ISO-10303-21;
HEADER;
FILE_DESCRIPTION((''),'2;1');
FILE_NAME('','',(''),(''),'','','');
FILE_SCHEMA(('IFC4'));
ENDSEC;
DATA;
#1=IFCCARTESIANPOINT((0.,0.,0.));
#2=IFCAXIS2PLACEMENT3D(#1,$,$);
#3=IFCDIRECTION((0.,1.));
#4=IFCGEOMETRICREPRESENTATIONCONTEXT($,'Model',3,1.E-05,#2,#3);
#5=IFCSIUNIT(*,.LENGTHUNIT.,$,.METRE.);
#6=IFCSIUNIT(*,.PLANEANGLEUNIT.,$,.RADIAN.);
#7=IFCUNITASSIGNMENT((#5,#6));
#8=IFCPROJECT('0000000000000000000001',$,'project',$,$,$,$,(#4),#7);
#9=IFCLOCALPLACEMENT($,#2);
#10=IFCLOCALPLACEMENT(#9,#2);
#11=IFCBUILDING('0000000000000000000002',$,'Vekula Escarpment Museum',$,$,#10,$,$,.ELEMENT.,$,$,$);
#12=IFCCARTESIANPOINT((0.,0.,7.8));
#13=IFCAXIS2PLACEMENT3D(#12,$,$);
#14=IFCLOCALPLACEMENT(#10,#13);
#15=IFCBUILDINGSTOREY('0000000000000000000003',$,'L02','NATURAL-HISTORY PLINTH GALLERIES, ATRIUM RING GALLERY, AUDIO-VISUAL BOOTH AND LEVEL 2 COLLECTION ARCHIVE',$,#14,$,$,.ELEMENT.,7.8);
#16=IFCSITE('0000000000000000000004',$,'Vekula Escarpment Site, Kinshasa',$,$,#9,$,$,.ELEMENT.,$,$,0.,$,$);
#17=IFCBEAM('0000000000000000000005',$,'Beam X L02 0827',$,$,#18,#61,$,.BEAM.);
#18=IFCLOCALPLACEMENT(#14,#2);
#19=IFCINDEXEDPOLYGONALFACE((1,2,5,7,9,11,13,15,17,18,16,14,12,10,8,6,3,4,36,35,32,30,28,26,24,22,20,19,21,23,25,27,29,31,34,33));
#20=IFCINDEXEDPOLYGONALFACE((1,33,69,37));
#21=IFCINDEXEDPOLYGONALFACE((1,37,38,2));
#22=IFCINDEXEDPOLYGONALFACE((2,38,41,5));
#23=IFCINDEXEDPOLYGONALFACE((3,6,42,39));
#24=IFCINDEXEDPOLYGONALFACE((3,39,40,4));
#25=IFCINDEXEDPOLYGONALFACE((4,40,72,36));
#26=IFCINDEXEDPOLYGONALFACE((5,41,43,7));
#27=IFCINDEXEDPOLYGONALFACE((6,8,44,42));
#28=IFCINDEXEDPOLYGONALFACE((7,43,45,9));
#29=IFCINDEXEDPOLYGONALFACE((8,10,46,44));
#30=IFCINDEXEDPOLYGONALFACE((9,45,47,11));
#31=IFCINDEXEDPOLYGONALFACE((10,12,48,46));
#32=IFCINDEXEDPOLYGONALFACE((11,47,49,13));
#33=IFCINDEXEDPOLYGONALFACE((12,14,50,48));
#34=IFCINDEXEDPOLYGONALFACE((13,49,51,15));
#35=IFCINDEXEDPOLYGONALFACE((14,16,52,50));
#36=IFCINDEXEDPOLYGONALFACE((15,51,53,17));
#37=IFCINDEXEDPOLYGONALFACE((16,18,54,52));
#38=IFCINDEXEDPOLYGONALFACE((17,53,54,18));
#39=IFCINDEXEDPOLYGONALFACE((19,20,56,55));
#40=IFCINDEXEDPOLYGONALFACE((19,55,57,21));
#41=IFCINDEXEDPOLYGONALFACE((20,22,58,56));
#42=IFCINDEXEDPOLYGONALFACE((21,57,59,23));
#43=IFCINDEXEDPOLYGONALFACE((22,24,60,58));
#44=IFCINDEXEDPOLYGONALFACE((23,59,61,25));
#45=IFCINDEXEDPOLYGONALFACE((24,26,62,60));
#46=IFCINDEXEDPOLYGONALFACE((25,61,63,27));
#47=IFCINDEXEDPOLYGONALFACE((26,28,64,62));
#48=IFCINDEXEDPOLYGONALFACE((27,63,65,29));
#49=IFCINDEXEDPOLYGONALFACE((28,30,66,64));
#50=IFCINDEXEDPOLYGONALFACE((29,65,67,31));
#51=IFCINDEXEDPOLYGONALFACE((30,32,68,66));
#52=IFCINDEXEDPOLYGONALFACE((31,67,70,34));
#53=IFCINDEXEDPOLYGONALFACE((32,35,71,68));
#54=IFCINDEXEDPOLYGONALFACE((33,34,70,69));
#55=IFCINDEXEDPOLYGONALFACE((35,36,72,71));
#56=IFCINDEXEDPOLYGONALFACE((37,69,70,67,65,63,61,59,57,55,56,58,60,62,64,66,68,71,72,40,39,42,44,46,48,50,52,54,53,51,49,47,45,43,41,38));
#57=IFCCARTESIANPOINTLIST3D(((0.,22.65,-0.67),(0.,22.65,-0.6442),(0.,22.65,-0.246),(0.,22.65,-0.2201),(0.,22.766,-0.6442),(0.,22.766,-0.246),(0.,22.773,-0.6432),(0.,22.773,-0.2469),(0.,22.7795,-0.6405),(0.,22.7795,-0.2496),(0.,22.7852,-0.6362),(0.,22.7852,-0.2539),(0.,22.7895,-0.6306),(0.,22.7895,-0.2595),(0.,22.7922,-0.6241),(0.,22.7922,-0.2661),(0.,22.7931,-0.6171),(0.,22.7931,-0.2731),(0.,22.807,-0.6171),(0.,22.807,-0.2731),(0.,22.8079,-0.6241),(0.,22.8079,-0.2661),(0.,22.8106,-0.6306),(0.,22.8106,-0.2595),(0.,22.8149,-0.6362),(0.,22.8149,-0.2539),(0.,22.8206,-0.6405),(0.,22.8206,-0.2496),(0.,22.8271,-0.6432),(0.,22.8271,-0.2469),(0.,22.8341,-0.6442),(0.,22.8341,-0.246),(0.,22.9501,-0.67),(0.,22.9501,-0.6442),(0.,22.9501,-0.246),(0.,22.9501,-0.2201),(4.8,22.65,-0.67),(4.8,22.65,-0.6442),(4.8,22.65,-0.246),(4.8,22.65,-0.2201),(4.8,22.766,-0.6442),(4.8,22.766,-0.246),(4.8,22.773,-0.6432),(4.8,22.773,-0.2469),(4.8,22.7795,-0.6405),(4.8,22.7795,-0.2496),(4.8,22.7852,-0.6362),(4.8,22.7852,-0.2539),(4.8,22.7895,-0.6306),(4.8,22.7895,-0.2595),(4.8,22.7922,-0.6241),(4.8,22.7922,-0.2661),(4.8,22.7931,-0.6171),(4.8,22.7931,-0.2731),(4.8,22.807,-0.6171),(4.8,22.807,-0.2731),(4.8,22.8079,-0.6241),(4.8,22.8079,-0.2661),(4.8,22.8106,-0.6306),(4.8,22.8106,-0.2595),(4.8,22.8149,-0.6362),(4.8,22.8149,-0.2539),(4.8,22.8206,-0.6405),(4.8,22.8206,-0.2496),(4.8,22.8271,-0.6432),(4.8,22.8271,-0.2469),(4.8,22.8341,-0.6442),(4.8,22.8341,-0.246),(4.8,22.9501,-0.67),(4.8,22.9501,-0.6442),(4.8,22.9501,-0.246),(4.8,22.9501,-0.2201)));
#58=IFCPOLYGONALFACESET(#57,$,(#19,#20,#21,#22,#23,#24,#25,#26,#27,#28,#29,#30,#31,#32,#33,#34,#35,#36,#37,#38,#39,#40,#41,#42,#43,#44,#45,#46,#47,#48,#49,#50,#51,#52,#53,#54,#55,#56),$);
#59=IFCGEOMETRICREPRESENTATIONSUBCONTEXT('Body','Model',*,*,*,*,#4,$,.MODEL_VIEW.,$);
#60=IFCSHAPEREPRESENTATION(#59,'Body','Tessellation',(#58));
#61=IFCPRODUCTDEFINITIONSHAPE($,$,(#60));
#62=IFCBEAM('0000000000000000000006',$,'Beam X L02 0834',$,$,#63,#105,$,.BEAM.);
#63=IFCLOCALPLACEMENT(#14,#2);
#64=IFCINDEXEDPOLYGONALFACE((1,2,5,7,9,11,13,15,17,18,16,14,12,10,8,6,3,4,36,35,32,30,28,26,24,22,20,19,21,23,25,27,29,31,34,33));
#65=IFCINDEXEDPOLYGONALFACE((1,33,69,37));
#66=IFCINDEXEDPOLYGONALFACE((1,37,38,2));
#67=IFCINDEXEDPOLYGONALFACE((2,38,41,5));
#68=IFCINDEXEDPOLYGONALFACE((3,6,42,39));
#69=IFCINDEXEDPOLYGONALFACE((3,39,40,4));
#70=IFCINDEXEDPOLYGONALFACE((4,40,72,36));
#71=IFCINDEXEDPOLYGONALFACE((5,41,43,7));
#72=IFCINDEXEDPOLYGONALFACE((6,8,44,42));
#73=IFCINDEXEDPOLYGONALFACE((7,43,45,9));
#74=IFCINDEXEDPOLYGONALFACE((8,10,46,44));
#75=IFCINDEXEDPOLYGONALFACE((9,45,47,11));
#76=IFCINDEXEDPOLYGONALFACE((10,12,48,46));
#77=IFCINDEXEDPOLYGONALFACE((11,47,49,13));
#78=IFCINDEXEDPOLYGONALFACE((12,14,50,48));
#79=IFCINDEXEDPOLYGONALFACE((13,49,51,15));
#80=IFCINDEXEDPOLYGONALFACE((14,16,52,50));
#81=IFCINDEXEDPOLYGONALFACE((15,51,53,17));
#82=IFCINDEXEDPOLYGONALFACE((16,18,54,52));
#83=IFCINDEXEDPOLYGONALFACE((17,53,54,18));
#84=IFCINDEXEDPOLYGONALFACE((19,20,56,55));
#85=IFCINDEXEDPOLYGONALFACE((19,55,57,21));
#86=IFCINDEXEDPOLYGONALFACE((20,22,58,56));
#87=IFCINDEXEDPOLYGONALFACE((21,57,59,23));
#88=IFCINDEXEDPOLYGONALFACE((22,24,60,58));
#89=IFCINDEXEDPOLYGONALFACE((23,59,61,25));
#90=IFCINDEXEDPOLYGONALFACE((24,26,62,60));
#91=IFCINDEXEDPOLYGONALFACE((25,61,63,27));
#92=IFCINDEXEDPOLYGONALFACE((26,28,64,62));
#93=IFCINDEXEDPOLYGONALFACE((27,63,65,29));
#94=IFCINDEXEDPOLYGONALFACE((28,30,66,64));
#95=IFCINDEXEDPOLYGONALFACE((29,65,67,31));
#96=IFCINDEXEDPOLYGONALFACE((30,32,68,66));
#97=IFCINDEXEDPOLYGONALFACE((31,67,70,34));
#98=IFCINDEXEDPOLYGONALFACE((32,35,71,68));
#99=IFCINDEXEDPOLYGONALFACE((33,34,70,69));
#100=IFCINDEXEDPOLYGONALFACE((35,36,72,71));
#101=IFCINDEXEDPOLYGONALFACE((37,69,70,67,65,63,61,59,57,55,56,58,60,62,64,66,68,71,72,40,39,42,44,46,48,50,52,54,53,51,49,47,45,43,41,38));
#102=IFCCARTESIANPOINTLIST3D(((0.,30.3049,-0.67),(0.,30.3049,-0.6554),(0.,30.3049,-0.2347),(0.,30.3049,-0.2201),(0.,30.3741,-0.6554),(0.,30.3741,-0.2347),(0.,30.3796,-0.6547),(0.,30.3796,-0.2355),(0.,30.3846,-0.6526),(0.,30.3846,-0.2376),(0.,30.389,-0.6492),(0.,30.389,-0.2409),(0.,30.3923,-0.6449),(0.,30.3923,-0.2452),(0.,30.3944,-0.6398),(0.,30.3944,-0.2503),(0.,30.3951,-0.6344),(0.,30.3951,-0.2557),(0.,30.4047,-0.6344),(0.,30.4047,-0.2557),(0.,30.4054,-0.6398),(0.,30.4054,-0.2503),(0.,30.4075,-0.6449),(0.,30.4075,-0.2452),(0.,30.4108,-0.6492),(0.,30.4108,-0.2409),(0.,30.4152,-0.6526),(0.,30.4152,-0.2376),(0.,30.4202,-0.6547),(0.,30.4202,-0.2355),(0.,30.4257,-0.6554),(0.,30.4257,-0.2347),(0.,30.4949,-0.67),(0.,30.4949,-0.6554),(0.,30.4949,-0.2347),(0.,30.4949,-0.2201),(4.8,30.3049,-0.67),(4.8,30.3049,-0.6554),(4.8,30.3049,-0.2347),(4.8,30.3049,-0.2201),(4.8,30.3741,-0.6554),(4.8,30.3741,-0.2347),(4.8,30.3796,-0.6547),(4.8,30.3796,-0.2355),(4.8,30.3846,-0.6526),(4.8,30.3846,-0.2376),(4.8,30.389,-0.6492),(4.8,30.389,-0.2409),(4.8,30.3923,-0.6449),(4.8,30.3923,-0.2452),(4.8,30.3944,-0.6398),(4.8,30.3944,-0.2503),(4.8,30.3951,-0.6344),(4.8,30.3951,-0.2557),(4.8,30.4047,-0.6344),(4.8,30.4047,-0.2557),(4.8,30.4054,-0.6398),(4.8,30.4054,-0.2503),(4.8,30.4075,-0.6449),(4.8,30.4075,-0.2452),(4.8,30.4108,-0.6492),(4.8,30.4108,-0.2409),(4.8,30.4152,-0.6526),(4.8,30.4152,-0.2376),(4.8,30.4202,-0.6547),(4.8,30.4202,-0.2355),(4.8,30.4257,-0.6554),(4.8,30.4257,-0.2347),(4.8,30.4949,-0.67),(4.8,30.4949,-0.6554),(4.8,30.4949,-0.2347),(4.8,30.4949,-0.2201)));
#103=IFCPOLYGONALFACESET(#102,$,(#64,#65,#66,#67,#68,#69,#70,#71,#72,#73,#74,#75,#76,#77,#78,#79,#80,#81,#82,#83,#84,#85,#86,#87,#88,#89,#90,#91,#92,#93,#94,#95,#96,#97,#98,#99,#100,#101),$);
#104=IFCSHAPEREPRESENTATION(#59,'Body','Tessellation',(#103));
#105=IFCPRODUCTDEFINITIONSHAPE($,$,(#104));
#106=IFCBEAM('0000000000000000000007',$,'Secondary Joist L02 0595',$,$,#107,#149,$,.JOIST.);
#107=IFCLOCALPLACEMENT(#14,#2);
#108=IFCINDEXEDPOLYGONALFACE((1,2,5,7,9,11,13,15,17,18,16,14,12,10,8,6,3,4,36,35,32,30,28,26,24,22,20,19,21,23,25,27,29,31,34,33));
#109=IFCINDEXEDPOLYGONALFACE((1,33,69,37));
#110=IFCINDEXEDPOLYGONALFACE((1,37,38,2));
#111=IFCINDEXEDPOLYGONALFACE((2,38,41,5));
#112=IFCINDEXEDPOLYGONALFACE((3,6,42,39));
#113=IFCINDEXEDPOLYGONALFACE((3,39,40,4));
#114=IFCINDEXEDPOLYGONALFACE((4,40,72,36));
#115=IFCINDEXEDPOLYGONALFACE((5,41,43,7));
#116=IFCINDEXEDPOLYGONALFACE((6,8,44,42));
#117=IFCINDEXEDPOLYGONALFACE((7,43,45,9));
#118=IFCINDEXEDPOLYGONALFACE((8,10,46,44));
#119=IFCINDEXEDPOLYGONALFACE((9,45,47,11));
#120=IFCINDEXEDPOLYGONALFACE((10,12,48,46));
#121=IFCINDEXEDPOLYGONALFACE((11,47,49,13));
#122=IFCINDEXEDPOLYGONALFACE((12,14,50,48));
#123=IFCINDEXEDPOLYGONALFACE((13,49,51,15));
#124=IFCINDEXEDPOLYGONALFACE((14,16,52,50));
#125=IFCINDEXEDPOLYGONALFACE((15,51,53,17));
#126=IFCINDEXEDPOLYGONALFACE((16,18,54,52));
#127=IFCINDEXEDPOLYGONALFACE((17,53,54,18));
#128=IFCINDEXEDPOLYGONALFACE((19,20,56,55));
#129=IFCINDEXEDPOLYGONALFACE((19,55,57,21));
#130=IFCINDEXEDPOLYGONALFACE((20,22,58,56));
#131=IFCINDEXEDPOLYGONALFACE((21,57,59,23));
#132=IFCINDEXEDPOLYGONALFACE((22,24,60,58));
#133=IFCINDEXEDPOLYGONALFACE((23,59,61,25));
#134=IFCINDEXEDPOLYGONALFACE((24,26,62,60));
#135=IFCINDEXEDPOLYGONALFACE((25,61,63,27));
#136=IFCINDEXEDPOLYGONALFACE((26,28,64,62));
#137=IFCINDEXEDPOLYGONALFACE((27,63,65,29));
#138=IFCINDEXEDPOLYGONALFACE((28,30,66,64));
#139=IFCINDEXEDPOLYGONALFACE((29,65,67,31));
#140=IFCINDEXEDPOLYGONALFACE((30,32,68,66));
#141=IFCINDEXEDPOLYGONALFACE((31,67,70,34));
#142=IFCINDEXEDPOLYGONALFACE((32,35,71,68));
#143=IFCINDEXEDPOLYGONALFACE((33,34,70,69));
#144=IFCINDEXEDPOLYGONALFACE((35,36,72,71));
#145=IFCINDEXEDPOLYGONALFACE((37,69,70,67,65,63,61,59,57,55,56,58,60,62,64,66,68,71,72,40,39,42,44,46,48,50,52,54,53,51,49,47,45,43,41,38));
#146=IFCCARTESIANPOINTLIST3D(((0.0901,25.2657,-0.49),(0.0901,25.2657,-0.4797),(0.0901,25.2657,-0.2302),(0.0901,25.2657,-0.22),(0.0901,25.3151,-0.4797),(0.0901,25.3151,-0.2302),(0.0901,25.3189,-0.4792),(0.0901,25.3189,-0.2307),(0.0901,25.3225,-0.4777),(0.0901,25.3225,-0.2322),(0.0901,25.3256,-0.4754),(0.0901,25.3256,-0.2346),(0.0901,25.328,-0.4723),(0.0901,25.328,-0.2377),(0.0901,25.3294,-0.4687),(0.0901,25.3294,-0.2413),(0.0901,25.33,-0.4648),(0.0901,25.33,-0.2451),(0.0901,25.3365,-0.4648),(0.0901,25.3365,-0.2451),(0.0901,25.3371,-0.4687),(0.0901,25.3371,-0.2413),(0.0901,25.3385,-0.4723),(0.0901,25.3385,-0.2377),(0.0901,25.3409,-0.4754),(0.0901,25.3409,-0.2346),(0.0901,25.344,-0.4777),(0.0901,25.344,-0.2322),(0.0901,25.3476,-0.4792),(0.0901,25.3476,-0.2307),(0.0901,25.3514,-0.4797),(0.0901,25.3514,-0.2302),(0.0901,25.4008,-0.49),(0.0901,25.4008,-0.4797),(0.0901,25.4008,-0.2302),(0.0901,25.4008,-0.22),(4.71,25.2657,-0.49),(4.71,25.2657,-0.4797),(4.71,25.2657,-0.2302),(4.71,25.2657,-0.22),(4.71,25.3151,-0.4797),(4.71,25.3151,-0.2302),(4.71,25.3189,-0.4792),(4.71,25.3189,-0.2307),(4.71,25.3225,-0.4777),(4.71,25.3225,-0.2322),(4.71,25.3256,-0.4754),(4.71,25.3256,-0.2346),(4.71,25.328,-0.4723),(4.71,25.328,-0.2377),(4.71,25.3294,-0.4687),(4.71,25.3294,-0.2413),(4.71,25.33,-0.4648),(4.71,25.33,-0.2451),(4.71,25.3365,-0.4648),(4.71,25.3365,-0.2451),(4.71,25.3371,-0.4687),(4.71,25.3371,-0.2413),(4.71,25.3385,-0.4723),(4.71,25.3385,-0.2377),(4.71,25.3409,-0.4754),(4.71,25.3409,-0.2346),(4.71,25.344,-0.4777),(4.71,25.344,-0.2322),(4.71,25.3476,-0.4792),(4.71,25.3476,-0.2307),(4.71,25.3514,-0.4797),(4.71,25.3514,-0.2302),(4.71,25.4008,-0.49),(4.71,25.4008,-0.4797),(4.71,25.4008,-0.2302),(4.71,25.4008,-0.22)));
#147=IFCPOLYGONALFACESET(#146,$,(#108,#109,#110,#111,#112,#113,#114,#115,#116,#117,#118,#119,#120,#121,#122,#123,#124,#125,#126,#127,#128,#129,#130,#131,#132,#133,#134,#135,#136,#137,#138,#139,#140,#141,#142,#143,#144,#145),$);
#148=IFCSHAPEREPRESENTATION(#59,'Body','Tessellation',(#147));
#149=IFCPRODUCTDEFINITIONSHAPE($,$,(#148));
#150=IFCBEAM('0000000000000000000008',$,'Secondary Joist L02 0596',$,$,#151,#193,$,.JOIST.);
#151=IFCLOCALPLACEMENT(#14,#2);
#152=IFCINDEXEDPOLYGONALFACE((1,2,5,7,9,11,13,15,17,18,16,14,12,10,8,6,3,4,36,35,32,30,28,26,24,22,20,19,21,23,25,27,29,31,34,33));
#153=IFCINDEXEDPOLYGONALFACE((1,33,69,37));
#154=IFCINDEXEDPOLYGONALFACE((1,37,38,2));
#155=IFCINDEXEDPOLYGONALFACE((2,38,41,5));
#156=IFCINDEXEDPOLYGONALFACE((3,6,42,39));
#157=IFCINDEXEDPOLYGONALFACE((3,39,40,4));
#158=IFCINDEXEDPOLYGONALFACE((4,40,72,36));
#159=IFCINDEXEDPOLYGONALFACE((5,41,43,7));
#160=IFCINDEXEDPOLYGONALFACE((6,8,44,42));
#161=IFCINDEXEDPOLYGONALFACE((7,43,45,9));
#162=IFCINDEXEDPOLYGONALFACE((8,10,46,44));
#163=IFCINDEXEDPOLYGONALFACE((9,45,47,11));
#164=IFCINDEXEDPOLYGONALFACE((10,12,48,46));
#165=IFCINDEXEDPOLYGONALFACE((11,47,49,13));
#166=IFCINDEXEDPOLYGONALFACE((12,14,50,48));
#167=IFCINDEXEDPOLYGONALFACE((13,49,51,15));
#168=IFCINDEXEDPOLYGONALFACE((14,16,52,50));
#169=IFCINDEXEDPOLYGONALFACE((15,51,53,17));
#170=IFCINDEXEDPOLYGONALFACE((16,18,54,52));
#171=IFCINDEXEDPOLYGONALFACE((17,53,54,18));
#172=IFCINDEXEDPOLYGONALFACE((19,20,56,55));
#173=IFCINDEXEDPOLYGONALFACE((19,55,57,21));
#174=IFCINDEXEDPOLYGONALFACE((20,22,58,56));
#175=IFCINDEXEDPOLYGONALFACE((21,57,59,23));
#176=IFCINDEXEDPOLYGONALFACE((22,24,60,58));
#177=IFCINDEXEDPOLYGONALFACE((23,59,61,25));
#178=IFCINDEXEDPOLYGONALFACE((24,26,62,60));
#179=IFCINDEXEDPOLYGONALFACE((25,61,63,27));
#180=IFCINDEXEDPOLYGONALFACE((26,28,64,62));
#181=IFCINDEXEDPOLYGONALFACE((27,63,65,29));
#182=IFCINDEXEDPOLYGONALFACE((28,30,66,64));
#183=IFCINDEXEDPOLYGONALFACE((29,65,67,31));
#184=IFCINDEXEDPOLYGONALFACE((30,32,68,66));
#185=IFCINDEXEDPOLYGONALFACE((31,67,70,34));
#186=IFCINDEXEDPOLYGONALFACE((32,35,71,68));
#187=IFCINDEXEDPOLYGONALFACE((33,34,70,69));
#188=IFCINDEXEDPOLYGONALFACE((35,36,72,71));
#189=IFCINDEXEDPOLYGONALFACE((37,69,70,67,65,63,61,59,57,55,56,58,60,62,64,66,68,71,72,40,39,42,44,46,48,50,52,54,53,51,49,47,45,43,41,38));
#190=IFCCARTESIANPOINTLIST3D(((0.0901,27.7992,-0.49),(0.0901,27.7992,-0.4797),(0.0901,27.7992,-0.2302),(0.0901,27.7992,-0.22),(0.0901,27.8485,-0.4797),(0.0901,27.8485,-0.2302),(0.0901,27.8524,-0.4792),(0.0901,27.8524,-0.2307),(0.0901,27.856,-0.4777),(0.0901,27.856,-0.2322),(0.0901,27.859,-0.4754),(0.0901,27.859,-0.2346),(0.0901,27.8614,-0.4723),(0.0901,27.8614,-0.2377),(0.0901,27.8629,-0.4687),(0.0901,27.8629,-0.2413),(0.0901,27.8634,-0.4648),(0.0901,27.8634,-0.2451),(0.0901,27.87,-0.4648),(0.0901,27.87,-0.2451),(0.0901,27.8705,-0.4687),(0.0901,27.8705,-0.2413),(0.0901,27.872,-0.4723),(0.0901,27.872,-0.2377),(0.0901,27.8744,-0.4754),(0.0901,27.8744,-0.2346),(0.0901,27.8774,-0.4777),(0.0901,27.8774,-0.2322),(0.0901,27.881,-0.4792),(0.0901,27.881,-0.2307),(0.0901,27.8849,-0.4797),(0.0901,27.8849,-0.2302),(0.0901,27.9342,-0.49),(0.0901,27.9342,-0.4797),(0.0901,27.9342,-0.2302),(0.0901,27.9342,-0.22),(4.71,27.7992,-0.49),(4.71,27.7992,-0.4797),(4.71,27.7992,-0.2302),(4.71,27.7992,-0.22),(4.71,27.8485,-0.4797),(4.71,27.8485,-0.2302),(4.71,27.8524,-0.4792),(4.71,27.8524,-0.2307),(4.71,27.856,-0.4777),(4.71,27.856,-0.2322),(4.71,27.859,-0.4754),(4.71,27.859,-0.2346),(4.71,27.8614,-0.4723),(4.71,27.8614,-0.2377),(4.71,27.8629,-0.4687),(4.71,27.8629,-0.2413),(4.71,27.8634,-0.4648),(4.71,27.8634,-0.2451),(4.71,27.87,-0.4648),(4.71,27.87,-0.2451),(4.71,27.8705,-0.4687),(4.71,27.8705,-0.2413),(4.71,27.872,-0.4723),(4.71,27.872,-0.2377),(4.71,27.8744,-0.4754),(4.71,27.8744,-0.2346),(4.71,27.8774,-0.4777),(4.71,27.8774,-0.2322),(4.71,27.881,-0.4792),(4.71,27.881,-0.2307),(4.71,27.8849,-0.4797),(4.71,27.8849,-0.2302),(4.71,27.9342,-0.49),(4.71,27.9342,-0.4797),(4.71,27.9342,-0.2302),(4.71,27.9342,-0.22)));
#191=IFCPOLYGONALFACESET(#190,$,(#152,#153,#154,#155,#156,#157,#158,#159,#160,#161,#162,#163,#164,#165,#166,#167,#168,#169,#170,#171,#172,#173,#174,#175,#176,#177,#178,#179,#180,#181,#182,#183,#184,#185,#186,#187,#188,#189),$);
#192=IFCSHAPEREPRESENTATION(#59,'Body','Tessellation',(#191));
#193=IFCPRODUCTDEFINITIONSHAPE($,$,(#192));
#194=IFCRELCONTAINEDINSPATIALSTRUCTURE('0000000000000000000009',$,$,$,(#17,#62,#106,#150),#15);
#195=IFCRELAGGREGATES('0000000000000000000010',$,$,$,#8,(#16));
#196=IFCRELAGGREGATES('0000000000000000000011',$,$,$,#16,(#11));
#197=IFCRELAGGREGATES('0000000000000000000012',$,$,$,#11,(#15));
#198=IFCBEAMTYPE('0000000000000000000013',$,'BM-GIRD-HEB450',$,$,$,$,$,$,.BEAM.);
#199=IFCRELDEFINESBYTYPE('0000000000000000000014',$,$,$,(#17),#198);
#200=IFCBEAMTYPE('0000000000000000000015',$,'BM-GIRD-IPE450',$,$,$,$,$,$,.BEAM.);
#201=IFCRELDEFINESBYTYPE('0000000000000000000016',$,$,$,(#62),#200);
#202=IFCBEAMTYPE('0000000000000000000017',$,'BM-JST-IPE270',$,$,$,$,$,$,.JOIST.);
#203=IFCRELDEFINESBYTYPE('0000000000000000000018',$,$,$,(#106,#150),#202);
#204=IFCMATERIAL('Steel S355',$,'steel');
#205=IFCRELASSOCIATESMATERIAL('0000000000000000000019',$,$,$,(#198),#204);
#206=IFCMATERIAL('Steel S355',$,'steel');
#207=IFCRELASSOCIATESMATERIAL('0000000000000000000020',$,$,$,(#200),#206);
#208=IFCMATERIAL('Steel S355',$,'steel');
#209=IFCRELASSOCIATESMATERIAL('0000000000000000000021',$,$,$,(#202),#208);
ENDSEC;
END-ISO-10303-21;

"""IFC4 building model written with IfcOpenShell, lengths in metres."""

from ifc_helpers import new_model, si_unit, direction, frame, origin, origin_2d, place, context, subcontext, project, spatial, i_section, extrude, material, material_profile, profile_set, type_object, element, save


model = new_model("IFC4")

# Units and contexts
model_context = context("Model", 3, precision=1e-05, world=origin(), true_north=direction((0.0, 1.0)))
body_context = subcontext(model_context, "Body", "Model", "MODEL_VIEW")
ifc_project = project(units=[si_unit("LENGTHUNIT", "METRE"), si_unit("PLANEANGLEUNIT", "RADIAN")], contexts=[model_context])

# Site, building, storey
site_placement = place(None, origin())
site = spatial("IfcSite", under=ifc_project, at=site_placement, Name="Vekula Escarpment Site, Kinshasa", CompositionType="ELEMENT", RefElevation=0.0)
building_placement = place(site_placement, origin())
building = spatial("IfcBuilding", under=site, at=building_placement, Name="Vekula Escarpment Museum", CompositionType="ELEMENT")
storey_placement = place(building_placement, frame((0.0, 0.0, 7.8)))
storey = spatial("IfcBuildingStorey", under=building, at=storey_placement, Name="L02", Description="NATURAL-HISTORY PLINTH GALLERIES, ATRIUM RING GALLERY, AUDIO-VISUAL BOOTH AND LEVEL 2 COLLECTION ARCHIVE", CompositionType="ELEMENT", Elevation=7.8)

# Beams
ifc_material_1 = material(Name="Steel S355", Category="steel")
ifc_material_profile_1 = material_profile(ifc_material_1, i_section(OverallWidth=0.3, OverallDepth=0.45, WebThickness=0.0139, FlangeThickness=0.0259, FilletRadius=0.0271, at=origin_2d()), Name="HEB 450")
ifc_profile_set_1 = profile_set([ifc_material_profile_1], Name="Steel S355")
beam_type_1 = type_object("IfcBeamType", Name="BM-GIRD-HEB450", PredefinedType="BEAM", material=ifc_profile_set_1)
beam_1_placement = place(storey_placement, frame((0.0, 22.8, -0.4451), z_axis=(1.0, 0.0, 0.0), x_axis=(0.0, 1.0, 0.0)))
element("IfcBeam", 1, at=beam_1_placement, inside=storey, type_object=beam_type_1, Name="Beam X L02 0827", PredefinedType="BEAM", context=body_context, shape_type="SweptSolid", body=[
    extrude(i_section(OverallWidth=0.3, OverallDepth=0.45, WebThickness=0.0139, FlangeThickness=0.0259, FilletRadius=0.0271, at=origin_2d()), origin(), (0.0, 0.0, 1.0), 4.8),
])
ifc_material_2 = material(Name="Steel S355", Category="steel")
ifc_material_profile_2 = material_profile(ifc_material_2, i_section(OverallWidth=0.1899, OverallDepth=0.45, WebThickness=0.0095, FlangeThickness=0.0146, FilletRadius=0.021, at=origin_2d()), Name="IPE 450")
ifc_profile_set_2 = profile_set([ifc_material_profile_2], Name="Steel S355")
beam_type_2 = type_object("IfcBeamType", Name="BM-GIRD-IPE450", PredefinedType="BEAM", material=ifc_profile_set_2)
beam_2_placement = place(storey_placement, frame((0.0, 30.3999, -0.4451), z_axis=(1.0, 0.0, 0.0), x_axis=(0.0, 1.0, 0.0)))
element("IfcBeam", 2, at=beam_2_placement, inside=storey, type_object=beam_type_2, Name="Beam X L02 0834", PredefinedType="BEAM", context=body_context, shape_type="SweptSolid", body=[
    extrude(i_section(OverallWidth=0.1899, OverallDepth=0.45, WebThickness=0.0095, FlangeThickness=0.0146, FilletRadius=0.021, at=origin_2d()), origin(), (0.0, 0.0, 1.0), 4.8),
])
ifc_material_3 = material(Name="Steel S355", Category="steel")
ifc_material_profile_3 = material_profile(ifc_material_3, i_section(OverallWidth=0.135, OverallDepth=0.27, WebThickness=0.0066, FlangeThickness=0.0103, FilletRadius=0.0149, at=origin_2d()), Name="IPE 270")
ifc_profile_set_3 = profile_set([ifc_material_profile_3], Name="Steel S355")
beam_type_3 = type_object("IfcBeamType", Name="BM-JST-IPE270", PredefinedType="JOIST", material=ifc_profile_set_3)
for number, where, z_axis, x_axis, name in (
    (3, (0.0901, 25.3333, -0.355), (1.0, 0.0, 0.0), (0.0, 1.0, 0.0), "Secondary Joist L02 0595"),
    (4, (0.0901, 27.8667, -0.355), (1.0, 0.0, 0.0), (0.0, 1.0, 0.0), "Secondary Joist L02 0596"),
):
    element("IfcBeam", number, at=place(storey_placement, frame(where, z_axis=z_axis, x_axis=x_axis)), inside=storey, type_object=beam_type_3, Name=name, PredefinedType="JOIST", context=body_context, shape_type="SweptSolid", body=[
        extrude(i_section(OverallWidth=0.135, OverallDepth=0.27, WebThickness=0.0066, FlangeThickness=0.0103, FilletRadius=0.0149, at=origin_2d()), origin(), (0.0, 0.0, 1.0), 4.6199),
    ])

save(model, "model.ifc")
